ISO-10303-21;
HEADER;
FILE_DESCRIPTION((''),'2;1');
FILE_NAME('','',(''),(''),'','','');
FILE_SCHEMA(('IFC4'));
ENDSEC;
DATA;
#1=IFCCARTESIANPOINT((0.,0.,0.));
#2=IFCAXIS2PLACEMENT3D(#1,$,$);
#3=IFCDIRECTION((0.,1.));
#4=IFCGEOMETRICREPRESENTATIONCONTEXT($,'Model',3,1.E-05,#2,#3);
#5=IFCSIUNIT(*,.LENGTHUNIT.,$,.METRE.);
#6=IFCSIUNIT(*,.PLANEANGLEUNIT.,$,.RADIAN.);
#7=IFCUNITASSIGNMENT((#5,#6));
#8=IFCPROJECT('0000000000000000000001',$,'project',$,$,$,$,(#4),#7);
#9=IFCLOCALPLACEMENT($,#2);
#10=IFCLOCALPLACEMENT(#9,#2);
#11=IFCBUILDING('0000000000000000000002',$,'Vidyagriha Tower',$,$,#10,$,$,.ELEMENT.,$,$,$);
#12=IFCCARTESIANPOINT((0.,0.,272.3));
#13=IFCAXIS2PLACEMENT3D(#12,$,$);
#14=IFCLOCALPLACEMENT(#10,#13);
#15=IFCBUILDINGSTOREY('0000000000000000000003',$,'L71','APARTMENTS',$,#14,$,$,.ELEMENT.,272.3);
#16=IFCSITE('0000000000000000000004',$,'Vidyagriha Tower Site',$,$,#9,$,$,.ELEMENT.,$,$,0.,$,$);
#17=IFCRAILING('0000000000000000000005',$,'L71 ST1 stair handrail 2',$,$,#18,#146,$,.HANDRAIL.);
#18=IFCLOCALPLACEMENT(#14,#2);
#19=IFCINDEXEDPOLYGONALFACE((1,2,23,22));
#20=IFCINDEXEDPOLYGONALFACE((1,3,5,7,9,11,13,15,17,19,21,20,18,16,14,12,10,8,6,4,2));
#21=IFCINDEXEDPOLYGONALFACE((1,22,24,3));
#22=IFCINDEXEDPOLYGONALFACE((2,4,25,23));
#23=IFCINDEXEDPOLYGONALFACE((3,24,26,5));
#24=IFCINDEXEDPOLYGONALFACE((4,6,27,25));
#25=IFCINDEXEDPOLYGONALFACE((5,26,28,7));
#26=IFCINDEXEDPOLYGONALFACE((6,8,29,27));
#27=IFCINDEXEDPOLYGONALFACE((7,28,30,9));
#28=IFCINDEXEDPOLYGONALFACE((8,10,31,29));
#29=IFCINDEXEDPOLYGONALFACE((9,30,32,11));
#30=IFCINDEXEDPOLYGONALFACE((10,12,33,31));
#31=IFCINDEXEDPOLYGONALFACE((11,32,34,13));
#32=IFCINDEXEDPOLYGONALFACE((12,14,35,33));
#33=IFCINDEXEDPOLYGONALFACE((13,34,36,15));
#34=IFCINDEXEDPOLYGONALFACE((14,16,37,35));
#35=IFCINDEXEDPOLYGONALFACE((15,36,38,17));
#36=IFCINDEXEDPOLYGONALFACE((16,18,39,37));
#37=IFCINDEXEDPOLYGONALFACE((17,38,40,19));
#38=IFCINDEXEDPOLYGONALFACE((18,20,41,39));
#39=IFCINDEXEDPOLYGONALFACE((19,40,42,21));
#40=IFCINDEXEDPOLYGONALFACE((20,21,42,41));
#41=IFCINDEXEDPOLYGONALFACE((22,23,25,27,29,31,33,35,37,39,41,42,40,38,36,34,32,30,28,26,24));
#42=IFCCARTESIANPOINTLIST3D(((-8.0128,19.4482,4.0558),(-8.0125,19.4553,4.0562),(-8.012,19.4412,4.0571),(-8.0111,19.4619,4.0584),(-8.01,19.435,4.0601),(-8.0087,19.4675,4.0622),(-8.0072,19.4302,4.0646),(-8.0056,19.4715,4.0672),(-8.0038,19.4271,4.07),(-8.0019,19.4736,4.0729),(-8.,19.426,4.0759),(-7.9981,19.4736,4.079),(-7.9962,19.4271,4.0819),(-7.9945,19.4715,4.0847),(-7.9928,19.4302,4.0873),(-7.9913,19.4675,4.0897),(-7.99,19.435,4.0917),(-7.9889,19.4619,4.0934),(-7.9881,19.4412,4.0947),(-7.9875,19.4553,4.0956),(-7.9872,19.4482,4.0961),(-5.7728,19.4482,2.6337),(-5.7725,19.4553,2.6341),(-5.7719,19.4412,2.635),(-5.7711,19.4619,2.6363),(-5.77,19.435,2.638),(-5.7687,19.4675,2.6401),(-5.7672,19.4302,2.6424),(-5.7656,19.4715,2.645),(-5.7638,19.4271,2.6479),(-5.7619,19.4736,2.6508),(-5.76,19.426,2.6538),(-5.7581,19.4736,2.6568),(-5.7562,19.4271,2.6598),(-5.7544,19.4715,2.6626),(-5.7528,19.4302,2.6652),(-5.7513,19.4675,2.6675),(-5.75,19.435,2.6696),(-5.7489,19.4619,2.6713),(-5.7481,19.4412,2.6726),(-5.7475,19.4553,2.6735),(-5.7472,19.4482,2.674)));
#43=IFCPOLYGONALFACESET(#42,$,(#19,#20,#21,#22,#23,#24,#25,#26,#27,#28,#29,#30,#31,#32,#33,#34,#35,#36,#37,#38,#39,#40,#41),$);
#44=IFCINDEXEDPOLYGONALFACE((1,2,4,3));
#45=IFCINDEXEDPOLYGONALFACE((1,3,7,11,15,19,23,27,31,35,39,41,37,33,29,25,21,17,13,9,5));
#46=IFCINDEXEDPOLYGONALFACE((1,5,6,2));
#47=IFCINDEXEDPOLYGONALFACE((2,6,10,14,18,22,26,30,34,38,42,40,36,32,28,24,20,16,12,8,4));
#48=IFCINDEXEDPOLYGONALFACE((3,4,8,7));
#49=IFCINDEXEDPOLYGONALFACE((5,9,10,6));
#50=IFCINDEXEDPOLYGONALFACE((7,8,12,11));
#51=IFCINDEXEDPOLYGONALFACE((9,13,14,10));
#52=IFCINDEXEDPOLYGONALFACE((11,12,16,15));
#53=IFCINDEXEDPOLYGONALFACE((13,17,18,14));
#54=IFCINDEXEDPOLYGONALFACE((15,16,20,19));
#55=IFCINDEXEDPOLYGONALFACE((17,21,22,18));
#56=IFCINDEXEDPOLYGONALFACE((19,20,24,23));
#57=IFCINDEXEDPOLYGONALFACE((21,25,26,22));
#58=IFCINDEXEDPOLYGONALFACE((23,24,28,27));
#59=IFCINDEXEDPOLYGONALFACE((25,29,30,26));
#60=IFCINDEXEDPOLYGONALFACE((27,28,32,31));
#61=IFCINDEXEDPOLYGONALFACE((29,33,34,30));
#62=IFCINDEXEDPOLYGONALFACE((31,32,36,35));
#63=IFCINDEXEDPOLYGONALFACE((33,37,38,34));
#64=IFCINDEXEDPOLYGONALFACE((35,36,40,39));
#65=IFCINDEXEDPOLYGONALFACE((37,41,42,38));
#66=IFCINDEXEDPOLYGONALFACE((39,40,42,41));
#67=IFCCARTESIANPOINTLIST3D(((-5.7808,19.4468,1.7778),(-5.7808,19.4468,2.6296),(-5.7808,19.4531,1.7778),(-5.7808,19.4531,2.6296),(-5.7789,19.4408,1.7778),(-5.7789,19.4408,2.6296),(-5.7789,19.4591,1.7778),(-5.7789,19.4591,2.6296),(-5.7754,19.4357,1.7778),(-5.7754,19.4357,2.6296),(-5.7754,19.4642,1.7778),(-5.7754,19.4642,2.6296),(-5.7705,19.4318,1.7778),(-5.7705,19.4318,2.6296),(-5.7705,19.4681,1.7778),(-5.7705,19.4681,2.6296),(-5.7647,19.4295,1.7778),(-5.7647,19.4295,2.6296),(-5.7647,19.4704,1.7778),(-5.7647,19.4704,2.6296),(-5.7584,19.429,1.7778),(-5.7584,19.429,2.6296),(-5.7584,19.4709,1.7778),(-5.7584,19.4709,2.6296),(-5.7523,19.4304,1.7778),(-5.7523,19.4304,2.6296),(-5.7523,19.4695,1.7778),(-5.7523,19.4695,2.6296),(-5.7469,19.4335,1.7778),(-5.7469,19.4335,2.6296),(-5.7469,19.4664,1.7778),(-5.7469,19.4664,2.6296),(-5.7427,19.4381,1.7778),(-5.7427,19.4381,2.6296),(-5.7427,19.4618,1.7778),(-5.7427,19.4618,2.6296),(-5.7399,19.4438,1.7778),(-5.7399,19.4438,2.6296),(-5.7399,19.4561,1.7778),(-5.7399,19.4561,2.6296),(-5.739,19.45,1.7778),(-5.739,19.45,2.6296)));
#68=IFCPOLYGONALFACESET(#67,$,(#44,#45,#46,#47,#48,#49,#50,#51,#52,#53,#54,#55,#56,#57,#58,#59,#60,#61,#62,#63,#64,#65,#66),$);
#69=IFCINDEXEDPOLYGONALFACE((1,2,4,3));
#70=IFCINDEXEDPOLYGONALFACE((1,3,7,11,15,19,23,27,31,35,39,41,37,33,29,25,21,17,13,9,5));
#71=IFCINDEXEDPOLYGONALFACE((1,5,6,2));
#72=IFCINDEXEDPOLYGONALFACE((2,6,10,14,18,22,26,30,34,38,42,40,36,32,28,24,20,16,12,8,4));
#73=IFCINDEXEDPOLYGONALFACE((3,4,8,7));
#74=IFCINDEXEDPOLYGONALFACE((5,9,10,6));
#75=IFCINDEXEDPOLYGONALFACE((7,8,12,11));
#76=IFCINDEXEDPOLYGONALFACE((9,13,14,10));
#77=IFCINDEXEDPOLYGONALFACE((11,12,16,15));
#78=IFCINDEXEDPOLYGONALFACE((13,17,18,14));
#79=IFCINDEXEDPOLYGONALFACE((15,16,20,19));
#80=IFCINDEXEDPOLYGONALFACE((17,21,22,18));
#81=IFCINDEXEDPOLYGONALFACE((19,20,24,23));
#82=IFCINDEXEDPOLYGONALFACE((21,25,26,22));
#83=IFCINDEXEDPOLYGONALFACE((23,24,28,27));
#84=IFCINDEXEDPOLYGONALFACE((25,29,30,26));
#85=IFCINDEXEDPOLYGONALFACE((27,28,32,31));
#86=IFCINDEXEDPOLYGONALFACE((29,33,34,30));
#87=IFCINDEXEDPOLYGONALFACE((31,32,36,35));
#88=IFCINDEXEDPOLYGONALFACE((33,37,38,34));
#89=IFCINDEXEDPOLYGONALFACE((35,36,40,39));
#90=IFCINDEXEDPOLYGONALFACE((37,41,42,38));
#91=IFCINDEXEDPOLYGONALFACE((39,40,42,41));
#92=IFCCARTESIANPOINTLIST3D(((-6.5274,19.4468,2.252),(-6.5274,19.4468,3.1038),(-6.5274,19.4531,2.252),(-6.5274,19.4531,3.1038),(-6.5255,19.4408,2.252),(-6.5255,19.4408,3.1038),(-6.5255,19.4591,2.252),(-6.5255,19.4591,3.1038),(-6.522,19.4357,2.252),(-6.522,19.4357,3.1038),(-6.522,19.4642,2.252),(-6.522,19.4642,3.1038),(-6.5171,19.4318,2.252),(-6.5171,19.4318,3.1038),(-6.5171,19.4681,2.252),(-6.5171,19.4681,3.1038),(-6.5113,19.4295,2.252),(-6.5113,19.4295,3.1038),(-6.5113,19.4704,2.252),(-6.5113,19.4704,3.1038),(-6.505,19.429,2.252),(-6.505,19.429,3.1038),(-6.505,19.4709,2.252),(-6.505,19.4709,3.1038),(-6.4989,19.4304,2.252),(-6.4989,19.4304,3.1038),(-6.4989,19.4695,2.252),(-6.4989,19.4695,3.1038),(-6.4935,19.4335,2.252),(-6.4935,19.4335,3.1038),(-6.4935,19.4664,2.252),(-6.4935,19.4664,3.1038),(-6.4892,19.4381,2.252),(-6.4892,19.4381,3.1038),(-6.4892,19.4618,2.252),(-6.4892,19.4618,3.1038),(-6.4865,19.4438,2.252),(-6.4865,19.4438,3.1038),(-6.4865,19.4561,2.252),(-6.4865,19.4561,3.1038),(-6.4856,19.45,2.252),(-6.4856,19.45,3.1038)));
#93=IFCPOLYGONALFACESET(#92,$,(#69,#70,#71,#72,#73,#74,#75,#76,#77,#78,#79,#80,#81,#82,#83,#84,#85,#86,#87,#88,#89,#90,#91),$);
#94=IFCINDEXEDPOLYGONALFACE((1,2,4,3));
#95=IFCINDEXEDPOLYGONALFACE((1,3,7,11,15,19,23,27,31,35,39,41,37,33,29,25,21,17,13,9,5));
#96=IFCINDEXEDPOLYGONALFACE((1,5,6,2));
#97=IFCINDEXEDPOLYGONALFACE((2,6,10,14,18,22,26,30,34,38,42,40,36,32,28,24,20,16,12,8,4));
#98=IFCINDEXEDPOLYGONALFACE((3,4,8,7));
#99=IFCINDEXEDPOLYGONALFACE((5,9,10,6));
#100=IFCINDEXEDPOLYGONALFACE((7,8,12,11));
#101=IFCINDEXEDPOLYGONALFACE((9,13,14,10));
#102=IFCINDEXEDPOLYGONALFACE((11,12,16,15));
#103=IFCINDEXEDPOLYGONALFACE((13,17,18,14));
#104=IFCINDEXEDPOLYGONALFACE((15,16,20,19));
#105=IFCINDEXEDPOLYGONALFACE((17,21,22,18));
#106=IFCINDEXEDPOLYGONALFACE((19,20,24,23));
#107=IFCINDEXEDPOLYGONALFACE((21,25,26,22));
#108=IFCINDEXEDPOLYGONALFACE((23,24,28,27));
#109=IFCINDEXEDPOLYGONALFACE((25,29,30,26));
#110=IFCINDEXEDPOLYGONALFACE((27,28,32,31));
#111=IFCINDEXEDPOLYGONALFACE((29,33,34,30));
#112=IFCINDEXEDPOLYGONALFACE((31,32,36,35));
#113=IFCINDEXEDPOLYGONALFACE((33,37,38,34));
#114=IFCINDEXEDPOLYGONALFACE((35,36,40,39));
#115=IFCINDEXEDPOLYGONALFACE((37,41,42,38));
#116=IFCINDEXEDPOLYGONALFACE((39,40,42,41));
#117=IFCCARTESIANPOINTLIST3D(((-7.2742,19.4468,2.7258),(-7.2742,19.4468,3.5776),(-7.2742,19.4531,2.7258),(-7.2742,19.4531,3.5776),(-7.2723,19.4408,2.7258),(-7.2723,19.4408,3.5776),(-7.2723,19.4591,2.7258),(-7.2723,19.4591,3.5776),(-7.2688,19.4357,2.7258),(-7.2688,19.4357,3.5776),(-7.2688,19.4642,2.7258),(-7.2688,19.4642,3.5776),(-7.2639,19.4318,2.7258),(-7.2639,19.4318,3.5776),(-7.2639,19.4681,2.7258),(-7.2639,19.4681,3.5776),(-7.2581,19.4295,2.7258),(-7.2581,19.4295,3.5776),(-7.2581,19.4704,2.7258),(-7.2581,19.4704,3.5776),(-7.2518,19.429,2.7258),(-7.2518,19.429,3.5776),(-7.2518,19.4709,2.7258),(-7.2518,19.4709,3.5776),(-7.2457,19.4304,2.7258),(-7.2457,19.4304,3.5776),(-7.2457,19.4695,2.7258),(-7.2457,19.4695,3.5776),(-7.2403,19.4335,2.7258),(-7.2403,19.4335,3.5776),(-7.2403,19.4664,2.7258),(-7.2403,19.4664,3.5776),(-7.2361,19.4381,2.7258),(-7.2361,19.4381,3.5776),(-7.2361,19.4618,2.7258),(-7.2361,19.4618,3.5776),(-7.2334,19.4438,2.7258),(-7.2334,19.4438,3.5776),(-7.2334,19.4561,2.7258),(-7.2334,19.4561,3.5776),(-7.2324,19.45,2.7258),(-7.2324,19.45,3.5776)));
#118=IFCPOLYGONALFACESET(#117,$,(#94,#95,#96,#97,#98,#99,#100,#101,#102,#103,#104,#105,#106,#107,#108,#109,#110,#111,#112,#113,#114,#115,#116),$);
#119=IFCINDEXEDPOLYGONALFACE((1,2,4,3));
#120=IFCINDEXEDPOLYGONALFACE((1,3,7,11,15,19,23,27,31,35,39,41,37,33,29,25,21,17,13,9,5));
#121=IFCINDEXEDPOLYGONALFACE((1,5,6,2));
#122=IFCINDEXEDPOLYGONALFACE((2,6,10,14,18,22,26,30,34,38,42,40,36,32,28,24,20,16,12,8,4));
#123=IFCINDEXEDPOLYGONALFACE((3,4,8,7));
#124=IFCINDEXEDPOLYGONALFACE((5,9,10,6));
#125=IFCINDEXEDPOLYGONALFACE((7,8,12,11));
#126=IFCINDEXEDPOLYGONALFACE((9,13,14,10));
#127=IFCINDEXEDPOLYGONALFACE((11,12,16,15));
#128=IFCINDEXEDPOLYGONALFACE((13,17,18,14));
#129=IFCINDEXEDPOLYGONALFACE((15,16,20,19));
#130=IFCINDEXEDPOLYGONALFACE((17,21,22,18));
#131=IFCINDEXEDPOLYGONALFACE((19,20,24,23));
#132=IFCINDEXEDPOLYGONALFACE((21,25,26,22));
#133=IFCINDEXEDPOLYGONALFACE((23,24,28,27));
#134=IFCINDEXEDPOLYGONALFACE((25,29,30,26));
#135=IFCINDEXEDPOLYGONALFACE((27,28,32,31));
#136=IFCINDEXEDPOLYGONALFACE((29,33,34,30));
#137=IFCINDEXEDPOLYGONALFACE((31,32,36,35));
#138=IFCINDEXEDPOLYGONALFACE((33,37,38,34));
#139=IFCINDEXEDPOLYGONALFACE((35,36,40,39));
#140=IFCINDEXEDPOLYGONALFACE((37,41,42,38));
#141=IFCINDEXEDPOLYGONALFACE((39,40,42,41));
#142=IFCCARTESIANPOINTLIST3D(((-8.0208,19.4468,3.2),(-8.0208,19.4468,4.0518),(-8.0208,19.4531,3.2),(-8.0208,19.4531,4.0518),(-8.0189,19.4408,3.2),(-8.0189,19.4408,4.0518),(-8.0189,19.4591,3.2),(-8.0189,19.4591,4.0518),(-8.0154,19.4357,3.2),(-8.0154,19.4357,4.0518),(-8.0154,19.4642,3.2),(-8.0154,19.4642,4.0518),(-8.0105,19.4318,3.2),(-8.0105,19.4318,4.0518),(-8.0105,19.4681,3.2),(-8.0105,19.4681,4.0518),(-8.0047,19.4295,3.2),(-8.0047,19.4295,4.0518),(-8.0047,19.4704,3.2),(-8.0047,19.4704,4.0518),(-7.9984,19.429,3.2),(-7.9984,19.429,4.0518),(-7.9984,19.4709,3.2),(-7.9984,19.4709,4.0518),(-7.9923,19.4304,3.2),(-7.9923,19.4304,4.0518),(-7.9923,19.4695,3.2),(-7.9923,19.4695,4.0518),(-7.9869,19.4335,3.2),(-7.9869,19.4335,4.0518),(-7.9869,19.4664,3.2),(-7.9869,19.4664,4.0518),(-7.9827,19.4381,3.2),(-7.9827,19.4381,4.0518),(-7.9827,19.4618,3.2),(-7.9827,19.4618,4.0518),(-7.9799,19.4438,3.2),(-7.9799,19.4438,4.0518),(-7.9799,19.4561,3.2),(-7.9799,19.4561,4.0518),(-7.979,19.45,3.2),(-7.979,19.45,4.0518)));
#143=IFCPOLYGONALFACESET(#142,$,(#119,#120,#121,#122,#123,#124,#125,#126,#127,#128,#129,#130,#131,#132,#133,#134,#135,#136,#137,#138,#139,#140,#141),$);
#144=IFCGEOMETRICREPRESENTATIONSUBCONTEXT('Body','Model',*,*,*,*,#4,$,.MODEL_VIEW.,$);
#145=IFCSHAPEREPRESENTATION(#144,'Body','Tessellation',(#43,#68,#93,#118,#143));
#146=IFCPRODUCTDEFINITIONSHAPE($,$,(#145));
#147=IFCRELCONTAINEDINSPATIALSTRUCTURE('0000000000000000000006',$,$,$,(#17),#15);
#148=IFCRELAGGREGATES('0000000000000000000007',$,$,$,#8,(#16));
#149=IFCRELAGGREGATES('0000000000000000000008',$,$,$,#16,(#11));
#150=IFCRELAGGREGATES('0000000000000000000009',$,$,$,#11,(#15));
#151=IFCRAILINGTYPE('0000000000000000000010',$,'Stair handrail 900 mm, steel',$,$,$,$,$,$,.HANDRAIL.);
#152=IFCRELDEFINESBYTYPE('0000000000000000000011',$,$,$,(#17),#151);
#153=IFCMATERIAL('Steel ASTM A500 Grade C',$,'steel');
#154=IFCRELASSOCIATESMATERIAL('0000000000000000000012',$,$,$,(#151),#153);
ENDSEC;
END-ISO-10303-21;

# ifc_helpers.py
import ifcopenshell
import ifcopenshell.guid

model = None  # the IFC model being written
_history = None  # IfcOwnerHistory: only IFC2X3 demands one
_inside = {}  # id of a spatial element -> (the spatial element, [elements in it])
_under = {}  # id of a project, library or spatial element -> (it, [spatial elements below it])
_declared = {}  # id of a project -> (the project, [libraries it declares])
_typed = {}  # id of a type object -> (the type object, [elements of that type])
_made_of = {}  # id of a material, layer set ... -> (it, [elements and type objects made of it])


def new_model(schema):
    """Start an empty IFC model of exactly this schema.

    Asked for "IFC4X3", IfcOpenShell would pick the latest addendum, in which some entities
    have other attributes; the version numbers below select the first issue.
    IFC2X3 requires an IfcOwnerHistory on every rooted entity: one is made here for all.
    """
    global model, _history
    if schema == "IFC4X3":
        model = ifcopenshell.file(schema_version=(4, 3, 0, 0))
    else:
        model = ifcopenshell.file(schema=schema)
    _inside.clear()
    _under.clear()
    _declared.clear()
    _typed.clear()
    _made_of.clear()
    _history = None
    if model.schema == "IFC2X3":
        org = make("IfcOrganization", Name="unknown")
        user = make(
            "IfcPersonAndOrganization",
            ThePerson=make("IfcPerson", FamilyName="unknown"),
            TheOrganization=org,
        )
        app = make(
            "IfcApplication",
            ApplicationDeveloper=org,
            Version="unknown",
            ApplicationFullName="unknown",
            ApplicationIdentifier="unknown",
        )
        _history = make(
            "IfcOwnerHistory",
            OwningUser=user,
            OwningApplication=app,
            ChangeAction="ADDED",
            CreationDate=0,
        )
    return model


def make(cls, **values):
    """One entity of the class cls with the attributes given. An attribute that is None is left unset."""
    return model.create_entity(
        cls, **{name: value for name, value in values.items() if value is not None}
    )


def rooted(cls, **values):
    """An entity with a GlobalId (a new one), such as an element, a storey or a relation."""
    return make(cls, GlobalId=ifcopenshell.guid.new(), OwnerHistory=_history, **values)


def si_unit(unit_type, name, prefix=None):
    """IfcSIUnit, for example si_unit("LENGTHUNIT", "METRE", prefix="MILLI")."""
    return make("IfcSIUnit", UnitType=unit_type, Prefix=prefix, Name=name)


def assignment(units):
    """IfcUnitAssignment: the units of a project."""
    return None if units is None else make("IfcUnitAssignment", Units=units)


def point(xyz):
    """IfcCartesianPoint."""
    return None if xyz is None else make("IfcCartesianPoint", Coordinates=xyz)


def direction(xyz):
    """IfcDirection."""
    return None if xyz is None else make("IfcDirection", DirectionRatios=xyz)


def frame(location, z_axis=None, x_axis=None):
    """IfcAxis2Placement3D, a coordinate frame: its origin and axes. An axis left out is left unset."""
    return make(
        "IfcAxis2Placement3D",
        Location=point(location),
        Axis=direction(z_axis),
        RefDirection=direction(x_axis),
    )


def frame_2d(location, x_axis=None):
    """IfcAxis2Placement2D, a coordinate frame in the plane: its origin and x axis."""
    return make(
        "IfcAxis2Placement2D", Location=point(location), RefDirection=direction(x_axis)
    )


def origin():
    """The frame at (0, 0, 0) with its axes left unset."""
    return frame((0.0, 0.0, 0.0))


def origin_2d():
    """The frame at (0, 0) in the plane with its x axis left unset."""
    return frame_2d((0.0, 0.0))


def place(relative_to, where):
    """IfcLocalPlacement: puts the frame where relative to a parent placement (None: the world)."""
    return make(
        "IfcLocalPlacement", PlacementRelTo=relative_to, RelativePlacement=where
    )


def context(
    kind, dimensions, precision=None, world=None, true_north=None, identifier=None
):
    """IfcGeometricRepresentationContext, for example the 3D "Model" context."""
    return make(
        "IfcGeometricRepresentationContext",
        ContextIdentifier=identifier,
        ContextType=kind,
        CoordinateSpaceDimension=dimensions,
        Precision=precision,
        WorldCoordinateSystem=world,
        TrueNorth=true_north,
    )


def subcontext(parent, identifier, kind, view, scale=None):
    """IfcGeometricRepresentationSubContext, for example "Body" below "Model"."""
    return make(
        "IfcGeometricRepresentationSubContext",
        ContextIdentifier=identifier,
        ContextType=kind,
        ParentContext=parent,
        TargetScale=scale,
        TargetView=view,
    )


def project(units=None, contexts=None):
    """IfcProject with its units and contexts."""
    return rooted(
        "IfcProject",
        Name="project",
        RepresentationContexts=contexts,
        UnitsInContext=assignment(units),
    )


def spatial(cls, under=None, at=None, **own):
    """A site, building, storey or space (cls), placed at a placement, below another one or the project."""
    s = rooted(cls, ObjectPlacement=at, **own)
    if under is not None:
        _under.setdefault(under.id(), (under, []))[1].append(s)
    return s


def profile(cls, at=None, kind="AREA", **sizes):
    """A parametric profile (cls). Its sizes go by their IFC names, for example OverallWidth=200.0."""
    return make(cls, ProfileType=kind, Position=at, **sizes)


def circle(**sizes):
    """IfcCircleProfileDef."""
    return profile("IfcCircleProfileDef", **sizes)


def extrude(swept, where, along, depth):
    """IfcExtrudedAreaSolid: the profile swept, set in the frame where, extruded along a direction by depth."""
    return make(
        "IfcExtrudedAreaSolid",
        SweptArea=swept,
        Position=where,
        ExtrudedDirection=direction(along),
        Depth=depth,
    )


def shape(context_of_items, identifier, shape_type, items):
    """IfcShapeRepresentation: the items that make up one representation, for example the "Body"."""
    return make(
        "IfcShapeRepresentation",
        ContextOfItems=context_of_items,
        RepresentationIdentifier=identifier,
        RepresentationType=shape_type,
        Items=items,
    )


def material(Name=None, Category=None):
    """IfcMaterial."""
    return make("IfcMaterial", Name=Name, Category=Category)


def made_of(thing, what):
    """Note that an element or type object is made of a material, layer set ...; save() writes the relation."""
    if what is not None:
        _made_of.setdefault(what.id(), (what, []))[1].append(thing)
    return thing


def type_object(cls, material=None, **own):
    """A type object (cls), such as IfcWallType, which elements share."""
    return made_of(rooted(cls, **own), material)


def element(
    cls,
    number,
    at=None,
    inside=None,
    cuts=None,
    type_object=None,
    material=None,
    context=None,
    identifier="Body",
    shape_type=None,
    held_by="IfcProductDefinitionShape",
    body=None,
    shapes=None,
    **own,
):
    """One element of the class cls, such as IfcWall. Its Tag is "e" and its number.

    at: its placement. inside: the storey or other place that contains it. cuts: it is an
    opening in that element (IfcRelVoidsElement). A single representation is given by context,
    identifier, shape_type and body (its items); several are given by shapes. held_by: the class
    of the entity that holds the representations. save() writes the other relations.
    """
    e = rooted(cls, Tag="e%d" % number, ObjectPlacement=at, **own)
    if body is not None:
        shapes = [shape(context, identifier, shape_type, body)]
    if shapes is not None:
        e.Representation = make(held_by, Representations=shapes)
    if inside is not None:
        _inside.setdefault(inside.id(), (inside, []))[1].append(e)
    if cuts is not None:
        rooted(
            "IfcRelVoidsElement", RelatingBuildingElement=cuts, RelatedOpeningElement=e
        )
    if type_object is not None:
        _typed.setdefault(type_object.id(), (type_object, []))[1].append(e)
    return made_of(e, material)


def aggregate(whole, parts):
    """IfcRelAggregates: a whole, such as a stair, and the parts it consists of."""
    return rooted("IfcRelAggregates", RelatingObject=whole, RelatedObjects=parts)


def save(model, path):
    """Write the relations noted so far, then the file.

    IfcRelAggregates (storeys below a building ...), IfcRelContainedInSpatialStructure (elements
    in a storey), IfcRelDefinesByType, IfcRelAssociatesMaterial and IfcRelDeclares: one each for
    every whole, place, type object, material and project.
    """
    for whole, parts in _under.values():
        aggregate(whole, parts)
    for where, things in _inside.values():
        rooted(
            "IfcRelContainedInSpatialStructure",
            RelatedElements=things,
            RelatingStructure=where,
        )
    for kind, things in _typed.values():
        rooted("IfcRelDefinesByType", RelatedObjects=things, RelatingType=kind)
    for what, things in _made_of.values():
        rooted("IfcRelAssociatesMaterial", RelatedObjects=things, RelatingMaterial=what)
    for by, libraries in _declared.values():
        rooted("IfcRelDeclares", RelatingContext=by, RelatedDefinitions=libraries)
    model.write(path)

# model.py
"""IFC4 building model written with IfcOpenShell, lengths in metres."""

from ifc_helpers import new_model, si_unit, direction, frame, origin, origin_2d, place, context, subcontext, project, spatial, circle, extrude, material, type_object, element, save


model = new_model("IFC4")

# Units and contexts
model_context = context("Model", 3, precision=1e-05, world=origin(), true_north=direction((0.0, 1.0)))
body_context = subcontext(model_context, "Body", "Model", "MODEL_VIEW")
ifc_project = project(units=[si_unit("LENGTHUNIT", "METRE"), si_unit("PLANEANGLEUNIT", "RADIAN")], contexts=[model_context])

# Site, building, storey
site_placement = place(None, origin())
site = spatial("IfcSite", under=ifc_project, at=site_placement, Name="Vidyagriha Tower Site", CompositionType="ELEMENT", RefElevation=0.0)
building_placement = place(site_placement, origin())
building = spatial("IfcBuilding", under=site, at=building_placement, Name="Vidyagriha Tower", CompositionType="ELEMENT")
storey_placement = place(building_placement, frame((0.0, 0.0, 272.3)))
storey = spatial("IfcBuildingStorey", under=building, at=storey_placement, Name="L71", Description="APARTMENTS", CompositionType="ELEMENT", Elevation=272.3)

# Railing
ifc_material_1 = material(Name="Steel ASTM A500 Grade C", Category="steel")
railing_type_1 = type_object("IfcRailingType", Name="Stair handrail 900 mm, steel", PredefinedType="HANDRAIL", material=ifc_material_1)
railing_1_placement = place(storey_placement, frame((-5.76, 19.45, 1.7778)))
element("IfcRailing", 1, at=railing_1_placement, inside=storey, type_object=railing_type_1, Name="L71 ST1 stair handrail 2", PredefinedType="HANDRAIL", context=body_context, shape_type="SweptSolid", body=[
    extrude(circle(Radius=0.0239, at=origin_2d()), frame((0.0, 0.0, 0.876), z_axis=(-0.844229, 0.0, 0.535982), x_axis=(0.0, -1.0, 0.0)), (0.0, 0.0, 1.0), 2.6533),
    extrude(circle(Radius=0.021, at=origin_2d()), origin(), (0.0, 0.0, 1.0), 0.8518),
    extrude(circle(Radius=0.021, at=origin_2d()), frame((-0.7466, 0.0, 0.4741)), (0.0, 0.0, 1.0), 0.8518),
    extrude(circle(Radius=0.021, at=origin_2d()), frame((-1.4934, 0.0, 0.948)), (0.0, 0.0, 1.0), 0.8518),
    extrude(circle(Radius=0.021, at=origin_2d()), frame((-2.24, 0.0, 1.4221)), (0.0, 0.0, 1.0), 0.8518),
])

save(model, "model.ifc")
